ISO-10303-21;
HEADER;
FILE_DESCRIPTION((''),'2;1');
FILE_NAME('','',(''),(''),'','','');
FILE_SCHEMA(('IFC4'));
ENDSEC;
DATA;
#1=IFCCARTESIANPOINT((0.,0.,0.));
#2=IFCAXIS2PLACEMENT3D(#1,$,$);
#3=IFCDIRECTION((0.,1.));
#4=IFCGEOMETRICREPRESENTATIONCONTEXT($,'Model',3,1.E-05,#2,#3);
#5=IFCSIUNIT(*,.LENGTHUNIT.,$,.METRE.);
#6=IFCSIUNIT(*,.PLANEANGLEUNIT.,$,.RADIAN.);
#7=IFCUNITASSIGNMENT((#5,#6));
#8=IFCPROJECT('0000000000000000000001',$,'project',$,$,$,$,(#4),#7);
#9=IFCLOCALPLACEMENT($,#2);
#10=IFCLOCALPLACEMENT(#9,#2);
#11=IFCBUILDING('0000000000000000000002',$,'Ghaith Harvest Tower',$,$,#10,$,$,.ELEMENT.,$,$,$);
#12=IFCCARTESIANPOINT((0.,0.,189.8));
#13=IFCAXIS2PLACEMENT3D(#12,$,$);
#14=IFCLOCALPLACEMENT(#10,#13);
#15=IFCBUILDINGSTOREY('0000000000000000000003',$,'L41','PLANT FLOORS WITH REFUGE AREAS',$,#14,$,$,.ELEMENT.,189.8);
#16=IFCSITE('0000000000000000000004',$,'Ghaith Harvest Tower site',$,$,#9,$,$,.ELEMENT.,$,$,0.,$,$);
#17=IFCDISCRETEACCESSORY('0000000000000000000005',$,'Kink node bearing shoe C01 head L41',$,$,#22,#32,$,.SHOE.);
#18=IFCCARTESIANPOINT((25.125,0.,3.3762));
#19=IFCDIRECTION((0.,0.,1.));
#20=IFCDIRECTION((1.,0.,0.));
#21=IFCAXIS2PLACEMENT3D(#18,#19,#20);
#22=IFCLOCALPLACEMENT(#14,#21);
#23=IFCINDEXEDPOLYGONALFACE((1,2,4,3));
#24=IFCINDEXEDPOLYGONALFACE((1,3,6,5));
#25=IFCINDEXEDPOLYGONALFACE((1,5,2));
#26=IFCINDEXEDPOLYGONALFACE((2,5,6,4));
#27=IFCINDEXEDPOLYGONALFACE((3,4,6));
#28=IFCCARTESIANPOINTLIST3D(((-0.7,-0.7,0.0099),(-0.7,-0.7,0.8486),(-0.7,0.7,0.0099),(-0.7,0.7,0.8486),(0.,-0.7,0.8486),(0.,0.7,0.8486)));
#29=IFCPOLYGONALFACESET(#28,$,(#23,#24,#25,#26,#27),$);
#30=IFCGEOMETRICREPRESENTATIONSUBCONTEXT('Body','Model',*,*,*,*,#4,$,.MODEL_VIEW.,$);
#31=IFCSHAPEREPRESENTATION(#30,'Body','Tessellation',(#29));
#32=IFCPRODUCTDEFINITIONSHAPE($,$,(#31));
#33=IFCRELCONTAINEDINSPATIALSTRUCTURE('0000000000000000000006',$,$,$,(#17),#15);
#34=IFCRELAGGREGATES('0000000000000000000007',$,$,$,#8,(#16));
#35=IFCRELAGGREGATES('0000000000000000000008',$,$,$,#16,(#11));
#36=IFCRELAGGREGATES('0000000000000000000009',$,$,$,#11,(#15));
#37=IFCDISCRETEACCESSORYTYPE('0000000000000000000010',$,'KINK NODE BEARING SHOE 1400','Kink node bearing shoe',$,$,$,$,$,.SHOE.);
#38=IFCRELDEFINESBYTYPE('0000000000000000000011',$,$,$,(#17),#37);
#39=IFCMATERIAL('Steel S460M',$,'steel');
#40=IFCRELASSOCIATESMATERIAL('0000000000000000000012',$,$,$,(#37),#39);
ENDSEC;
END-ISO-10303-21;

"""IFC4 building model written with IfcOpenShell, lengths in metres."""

from ifc_helpers import new_model, si_unit, direction, frame, origin, origin_2d, place, context, subcontext, project, spatial, rectangle, extrude, clip, halfspace, material, material_profile, profile_set, type_object, element, save


model = new_model("IFC4")

# Units and contexts
model_context = context("Model", 3, precision=1e-05, world=origin(), true_north=direction((0.0, 1.0)))
body_context = subcontext(model_context, "Body", "Model", "MODEL_VIEW")
ifc_project = project(units=[si_unit("LENGTHUNIT", "METRE"), si_unit("PLANEANGLEUNIT", "RADIAN")], contexts=[model_context])

# Site, building, storey
site_placement = place(None, origin())
site = spatial("IfcSite", under=ifc_project, at=site_placement, Name="Ghaith Harvest Tower site", CompositionType="ELEMENT", RefElevation=0.0)
building_placement = place(site_placement, origin())
building = spatial("IfcBuilding", under=site, at=building_placement, Name="Ghaith Harvest Tower", CompositionType="ELEMENT")
storey_placement = place(building_placement, frame((0.0, 0.0, 189.8)))
storey = spatial("IfcBuildingStorey", under=building, at=storey_placement, Name="L41", Description="PLANT FLOORS WITH REFUGE AREAS", CompositionType="ELEMENT", Elevation=189.8)

# Discrete accessory
ifc_material_1 = material(Name="Steel S460M", Category="steel")
ifc_material_profile_1 = material_profile(ifc_material_1, rectangle(XDim=1.3999, YDim=1.3999, at=origin_2d()), Name="KINK NODE BEARING SHOE 1400")
ifc_profile_set_1 = profile_set([ifc_material_profile_1], Name="Steel S460M")
discrete_accessory_type = type_object("IfcDiscreteAccessoryType", Name="KINK NODE BEARING SHOE 1400", Description="Kink node bearing shoe", PredefinedType="SHOE", material=ifc_profile_set_1)
discrete_accessory_1_placement = place(storey_placement, frame((25.125, 0.0, 3.3762), z_axis=(0.0, 0.0, 1.0), x_axis=(1.0, 0.0, 0.0)))
element("IfcDiscreteAccessory", 1, at=discrete_accessory_1_placement, inside=storey, type_object=discrete_accessory_type, Name="Kink node bearing shoe C01 head L41", PredefinedType="SHOE", context=body_context, shape_type="Clipping", body=[
    clip(extrude(rectangle(XDim=1.3999, YDim=1.3999, at=origin_2d()), origin(), (0.0, 0.0, 1.0), 0.8486), halfspace(frame((0.0, 0.0, 0.8486), z_axis=(0.767764, 0.0, -0.640732), x_axis=(1.0, 0.0, 0.0)), False)),
])

save(model, "model.ifc")
